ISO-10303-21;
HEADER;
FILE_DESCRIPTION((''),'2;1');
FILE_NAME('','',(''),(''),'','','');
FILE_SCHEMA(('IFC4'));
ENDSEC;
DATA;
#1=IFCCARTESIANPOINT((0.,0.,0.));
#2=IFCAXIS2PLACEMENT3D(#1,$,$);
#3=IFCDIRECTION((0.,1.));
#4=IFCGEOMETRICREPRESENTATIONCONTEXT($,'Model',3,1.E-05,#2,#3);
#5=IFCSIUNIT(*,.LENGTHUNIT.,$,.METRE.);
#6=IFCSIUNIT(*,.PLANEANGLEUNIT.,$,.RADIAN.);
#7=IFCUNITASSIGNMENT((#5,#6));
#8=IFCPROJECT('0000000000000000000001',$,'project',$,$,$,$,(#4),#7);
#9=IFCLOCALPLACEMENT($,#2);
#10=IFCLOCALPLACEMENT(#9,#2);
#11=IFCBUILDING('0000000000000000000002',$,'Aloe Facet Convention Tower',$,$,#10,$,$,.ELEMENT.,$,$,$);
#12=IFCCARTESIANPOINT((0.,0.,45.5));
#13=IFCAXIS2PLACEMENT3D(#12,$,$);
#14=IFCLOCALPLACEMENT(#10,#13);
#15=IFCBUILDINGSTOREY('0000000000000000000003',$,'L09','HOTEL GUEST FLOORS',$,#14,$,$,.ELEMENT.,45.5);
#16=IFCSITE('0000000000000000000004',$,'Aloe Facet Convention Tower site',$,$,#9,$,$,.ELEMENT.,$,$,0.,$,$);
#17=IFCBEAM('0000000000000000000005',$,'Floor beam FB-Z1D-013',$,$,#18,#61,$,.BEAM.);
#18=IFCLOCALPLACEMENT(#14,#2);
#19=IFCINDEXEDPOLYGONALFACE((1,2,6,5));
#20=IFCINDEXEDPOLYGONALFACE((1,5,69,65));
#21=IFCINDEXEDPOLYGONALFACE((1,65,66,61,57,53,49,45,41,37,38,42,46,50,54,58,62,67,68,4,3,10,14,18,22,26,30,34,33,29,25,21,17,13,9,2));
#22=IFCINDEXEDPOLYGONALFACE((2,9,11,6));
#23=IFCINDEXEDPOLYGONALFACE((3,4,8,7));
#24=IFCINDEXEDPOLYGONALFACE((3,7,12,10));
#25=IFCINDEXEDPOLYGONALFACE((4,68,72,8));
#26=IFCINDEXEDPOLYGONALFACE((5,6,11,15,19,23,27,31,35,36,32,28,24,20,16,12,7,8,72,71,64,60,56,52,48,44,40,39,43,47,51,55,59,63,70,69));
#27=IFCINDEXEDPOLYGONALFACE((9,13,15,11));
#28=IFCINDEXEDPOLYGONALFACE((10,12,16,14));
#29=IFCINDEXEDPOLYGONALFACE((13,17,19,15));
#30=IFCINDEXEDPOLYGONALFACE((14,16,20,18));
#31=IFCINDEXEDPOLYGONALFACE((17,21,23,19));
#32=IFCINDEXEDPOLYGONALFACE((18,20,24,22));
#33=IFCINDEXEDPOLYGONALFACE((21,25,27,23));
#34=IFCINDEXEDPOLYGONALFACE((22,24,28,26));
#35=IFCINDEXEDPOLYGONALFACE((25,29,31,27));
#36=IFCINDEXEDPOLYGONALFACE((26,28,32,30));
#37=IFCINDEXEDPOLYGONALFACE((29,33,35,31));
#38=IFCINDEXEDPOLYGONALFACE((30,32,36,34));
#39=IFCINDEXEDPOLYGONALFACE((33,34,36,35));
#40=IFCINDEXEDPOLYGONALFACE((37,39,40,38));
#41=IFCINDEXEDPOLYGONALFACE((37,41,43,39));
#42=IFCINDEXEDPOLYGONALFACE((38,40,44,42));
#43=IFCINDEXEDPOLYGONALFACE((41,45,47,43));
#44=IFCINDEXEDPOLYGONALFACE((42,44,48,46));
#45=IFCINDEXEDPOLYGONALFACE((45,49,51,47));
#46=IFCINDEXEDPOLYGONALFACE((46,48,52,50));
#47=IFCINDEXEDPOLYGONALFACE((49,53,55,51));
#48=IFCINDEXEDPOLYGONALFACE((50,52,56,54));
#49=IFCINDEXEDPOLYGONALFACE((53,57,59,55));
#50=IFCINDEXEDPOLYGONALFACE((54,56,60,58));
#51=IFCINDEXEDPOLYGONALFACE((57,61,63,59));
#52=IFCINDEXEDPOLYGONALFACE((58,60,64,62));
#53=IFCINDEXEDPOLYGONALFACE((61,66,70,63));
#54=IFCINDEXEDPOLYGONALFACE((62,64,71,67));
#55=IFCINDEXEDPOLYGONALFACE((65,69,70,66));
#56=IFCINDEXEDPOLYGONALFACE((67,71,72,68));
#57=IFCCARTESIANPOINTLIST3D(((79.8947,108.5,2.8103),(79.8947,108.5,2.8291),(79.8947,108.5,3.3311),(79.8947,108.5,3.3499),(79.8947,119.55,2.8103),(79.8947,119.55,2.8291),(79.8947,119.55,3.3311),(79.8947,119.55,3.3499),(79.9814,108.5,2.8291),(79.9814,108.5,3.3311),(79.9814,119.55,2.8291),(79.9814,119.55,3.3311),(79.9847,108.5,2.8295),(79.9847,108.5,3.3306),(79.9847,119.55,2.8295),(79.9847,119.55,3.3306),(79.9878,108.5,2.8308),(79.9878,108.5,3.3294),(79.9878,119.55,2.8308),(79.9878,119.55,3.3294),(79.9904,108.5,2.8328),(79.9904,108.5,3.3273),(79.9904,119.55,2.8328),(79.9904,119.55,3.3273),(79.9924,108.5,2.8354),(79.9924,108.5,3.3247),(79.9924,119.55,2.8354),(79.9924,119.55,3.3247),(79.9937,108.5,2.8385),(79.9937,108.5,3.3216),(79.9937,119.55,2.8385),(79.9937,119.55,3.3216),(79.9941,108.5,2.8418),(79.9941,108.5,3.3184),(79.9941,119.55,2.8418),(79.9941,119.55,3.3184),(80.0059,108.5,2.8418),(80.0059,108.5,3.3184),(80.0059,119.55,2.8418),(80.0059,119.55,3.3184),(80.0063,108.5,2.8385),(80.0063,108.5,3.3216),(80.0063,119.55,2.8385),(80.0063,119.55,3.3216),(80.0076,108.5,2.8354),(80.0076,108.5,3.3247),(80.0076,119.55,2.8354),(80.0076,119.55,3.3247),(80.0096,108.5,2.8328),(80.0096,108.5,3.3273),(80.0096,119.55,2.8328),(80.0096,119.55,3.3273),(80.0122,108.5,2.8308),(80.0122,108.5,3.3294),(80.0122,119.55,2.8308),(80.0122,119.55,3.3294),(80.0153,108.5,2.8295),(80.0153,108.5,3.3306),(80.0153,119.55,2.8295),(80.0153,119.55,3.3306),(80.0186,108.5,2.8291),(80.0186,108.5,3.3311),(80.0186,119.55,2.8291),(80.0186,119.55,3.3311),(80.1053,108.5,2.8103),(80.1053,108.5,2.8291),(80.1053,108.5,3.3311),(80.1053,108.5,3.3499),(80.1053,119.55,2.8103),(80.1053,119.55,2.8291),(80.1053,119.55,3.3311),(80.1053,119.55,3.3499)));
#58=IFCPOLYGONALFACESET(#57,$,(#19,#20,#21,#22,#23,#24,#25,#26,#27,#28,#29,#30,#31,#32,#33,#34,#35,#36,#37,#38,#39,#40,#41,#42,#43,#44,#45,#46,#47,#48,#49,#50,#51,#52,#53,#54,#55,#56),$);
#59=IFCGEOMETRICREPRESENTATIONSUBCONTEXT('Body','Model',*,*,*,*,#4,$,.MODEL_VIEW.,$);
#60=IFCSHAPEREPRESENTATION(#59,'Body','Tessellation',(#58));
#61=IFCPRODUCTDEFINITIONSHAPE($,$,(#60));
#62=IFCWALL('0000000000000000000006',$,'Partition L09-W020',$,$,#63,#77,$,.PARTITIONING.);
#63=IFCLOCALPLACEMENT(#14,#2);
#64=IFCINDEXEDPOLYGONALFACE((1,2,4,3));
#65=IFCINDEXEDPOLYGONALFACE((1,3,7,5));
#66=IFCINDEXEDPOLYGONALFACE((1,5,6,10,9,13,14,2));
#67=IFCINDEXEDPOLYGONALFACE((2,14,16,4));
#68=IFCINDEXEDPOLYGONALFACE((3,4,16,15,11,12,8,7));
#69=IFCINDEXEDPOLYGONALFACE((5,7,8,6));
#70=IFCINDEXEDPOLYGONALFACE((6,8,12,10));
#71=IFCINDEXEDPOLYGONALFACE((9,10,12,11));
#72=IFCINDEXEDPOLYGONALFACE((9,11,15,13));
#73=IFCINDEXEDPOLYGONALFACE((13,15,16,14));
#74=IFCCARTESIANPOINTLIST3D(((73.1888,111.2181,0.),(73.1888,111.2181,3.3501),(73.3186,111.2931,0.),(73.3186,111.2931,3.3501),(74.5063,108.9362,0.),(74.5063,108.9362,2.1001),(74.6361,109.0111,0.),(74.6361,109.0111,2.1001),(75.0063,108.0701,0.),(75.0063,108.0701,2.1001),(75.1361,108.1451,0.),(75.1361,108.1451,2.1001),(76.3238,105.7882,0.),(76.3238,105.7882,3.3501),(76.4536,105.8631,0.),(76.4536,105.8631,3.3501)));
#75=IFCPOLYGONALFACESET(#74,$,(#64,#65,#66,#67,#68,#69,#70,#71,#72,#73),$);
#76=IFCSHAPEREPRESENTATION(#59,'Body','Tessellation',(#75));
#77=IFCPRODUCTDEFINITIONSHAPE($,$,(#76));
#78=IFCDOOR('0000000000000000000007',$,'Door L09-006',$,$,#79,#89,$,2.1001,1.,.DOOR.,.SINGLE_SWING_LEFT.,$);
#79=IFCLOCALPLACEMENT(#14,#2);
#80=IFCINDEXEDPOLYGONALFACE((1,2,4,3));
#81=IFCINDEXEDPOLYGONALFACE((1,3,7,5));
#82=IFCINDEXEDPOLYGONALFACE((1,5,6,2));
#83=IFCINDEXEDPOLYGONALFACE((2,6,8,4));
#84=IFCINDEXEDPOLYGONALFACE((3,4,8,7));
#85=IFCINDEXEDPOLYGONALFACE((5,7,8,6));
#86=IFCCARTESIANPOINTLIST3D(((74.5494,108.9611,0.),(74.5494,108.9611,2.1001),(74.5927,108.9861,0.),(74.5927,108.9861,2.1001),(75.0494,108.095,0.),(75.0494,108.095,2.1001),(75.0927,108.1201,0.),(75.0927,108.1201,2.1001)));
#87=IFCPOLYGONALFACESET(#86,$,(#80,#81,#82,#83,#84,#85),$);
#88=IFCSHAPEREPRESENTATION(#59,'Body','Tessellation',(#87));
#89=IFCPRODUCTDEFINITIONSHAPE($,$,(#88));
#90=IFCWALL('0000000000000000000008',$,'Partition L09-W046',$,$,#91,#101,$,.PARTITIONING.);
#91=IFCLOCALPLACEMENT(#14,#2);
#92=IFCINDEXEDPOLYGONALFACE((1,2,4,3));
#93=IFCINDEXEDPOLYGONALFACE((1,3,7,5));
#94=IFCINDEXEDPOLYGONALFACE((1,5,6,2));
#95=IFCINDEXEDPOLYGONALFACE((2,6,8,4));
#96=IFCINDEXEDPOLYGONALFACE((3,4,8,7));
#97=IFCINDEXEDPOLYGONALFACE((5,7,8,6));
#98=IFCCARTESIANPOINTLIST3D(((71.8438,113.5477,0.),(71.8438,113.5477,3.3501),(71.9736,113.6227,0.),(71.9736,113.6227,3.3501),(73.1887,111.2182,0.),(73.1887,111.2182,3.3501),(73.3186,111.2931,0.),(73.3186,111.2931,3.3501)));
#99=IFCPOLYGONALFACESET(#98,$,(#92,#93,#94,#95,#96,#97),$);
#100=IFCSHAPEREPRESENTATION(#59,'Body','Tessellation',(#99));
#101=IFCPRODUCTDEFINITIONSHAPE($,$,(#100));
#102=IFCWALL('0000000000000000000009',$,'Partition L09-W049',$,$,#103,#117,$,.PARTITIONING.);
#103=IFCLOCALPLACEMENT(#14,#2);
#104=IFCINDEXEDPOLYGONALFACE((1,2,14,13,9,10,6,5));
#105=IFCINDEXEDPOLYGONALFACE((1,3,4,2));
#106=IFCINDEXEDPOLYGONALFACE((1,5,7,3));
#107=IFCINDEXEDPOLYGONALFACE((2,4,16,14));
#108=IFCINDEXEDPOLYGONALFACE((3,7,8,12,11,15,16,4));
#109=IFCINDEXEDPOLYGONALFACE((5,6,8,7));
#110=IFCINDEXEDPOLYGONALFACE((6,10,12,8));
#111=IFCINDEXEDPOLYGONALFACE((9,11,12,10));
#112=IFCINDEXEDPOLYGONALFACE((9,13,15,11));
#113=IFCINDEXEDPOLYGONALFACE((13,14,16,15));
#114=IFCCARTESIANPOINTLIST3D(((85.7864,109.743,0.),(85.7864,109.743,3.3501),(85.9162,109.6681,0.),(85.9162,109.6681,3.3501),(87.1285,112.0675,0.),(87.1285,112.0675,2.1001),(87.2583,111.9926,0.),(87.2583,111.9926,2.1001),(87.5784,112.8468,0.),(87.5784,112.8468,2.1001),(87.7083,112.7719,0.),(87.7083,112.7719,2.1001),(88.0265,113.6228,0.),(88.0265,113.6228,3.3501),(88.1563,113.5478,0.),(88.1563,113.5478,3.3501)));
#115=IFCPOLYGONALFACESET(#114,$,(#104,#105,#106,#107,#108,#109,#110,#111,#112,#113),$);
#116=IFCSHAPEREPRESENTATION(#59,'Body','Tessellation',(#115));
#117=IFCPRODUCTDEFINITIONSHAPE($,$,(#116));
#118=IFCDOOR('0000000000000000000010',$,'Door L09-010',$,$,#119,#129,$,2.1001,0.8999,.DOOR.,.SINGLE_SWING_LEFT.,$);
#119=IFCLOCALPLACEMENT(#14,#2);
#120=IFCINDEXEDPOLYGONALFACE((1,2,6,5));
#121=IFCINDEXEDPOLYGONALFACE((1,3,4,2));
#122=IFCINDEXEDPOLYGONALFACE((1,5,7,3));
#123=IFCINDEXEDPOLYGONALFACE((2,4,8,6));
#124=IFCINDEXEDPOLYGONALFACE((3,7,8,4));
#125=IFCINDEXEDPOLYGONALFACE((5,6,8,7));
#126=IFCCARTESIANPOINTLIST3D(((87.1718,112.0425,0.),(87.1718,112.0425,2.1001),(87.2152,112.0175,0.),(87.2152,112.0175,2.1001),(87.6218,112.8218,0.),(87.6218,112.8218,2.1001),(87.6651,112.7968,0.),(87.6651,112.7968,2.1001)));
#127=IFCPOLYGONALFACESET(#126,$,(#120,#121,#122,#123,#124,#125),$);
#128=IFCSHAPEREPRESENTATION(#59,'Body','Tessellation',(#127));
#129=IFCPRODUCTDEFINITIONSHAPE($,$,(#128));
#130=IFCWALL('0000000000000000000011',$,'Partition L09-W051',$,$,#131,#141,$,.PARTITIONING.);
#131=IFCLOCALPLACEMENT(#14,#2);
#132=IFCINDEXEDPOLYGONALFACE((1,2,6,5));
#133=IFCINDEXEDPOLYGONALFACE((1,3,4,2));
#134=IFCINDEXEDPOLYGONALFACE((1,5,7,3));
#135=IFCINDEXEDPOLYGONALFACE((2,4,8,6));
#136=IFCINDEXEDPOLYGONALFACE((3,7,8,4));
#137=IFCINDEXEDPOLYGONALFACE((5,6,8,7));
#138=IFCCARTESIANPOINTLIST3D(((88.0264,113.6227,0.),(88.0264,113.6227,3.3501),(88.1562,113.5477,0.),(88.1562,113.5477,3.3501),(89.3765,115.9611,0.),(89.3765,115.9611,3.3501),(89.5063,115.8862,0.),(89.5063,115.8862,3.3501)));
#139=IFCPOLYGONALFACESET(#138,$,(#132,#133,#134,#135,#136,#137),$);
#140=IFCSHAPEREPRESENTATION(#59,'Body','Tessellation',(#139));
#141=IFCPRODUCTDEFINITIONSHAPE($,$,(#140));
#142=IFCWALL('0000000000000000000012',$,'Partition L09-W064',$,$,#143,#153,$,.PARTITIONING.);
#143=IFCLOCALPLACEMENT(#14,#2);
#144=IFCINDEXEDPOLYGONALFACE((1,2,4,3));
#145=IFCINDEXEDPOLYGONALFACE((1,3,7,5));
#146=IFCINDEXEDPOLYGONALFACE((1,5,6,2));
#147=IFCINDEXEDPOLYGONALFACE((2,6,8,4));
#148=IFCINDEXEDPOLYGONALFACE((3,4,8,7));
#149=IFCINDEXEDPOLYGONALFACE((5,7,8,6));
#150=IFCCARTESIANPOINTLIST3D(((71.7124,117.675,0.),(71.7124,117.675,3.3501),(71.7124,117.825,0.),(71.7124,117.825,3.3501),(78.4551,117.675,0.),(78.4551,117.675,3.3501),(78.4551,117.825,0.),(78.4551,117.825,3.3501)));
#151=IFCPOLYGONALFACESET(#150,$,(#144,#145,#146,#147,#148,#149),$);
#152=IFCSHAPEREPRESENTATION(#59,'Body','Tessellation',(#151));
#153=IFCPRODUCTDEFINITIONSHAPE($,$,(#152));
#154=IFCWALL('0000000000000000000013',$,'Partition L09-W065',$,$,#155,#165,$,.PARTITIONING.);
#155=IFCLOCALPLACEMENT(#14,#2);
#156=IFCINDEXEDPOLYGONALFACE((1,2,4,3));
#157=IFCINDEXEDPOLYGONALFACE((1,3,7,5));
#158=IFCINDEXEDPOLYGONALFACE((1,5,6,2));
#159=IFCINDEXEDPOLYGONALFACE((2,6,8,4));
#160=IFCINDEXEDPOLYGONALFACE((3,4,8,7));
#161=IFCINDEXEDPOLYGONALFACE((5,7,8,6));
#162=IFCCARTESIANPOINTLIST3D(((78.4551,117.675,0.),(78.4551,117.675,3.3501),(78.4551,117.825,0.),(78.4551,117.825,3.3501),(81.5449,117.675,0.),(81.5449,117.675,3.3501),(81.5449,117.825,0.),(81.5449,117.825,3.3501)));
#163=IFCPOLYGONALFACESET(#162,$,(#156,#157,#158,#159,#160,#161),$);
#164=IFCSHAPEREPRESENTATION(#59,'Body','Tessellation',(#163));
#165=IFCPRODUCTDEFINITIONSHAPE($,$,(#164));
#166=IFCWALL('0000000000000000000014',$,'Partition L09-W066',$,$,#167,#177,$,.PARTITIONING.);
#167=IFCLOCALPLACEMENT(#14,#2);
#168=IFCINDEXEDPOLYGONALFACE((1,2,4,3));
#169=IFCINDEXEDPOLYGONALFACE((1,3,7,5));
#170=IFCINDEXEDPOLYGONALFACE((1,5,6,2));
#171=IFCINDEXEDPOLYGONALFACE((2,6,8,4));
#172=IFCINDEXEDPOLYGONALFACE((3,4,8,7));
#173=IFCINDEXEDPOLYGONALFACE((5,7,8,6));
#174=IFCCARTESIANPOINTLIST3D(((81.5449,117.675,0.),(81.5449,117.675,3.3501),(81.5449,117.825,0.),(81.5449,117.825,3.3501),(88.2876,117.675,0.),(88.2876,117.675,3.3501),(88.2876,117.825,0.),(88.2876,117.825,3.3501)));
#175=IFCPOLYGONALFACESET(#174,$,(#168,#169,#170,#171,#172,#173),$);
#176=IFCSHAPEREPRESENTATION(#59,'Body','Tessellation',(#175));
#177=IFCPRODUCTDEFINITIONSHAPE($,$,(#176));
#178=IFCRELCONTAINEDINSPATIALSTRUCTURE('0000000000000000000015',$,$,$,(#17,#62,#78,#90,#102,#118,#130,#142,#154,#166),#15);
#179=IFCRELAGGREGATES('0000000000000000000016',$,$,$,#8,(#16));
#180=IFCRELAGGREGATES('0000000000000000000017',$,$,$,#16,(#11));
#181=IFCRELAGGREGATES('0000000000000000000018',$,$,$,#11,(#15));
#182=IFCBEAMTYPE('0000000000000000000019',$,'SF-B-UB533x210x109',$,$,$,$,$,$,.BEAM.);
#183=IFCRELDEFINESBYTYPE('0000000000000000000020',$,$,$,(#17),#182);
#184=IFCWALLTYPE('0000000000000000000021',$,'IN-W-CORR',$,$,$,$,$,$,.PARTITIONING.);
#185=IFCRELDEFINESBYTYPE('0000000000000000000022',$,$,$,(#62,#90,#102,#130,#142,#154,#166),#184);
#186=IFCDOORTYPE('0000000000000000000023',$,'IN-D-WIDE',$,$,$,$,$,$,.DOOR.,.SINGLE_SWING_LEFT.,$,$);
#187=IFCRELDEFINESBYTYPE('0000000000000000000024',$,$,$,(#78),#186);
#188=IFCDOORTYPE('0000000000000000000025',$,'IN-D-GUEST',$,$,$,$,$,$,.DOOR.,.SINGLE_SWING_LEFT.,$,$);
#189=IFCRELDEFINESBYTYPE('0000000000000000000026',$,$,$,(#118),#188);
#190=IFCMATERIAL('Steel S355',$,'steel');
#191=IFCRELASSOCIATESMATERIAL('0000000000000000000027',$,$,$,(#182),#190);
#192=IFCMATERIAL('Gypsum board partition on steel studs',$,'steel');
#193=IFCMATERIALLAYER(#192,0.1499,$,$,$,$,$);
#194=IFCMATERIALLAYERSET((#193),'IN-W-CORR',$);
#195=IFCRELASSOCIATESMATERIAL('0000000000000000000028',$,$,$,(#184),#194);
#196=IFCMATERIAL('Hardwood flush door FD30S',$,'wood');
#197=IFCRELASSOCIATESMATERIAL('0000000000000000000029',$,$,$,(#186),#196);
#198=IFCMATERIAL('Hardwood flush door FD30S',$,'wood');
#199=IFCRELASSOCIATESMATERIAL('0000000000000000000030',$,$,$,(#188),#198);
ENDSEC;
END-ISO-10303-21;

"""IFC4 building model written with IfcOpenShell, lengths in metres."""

from ifc_helpers import new_model, si_unit, direction, frame, frame_2d, origin, origin_2d, place, context, subcontext, project, spatial, rectangle, i_section, extrude, material, layer, layer_set, material_profile, profile_set, type_object, element, fill, save


model = new_model("IFC4")

# Units and contexts
model_context = context("Model", 3, precision=1e-05, world=origin(), true_north=direction((0.0, 1.0)))
body_context = subcontext(model_context, "Body", "Model", "MODEL_VIEW")
ifc_project = project(units=[si_unit("LENGTHUNIT", "METRE"), si_unit("PLANEANGLEUNIT", "RADIAN")], contexts=[model_context])

# Site, building, storey
site_placement = place(None, origin())
site = spatial("IfcSite", under=ifc_project, at=site_placement, Name="Aloe Facet Convention Tower site", CompositionType="ELEMENT", RefElevation=0.0)
building_placement = place(site_placement, origin())
building = spatial("IfcBuilding", under=site, at=building_placement, Name="Aloe Facet Convention Tower", CompositionType="ELEMENT")
storey_placement = place(building_placement, frame((0.0, 0.0, 45.5)))
storey = spatial("IfcBuildingStorey", under=building, at=storey_placement, Name="L09", Description="HOTEL GUEST FLOORS", CompositionType="ELEMENT", Elevation=45.5)

# Beam
ifc_material_1 = material(Name="Steel S355", Category="steel")
ifc_material_profile_1 = material_profile(ifc_material_1, i_section(OverallWidth=0.2107, OverallDepth=0.5396, WebThickness=0.0117, FlangeThickness=0.0188, FilletRadius=0.0127, at=origin_2d()), Name="UB 533x210x109")
ifc_profile_set_1 = profile_set([ifc_material_profile_1], Name="Steel S355")
beam_type_1 = type_object("IfcBeamType", Name="SF-B-UB533x210x109", PredefinedType="BEAM", material=ifc_profile_set_1)
beam_placement = place(storey_placement, frame((80.0, 119.55, 3.0801), z_axis=(0.0, -1.0, 0.0), x_axis=(1.0, 0.0, 0.0)))
element("IfcBeam", 1, at=beam_placement, inside=storey, type_object=beam_type_1, Name="Floor beam FB-Z1D-013", PredefinedType="BEAM", context=body_context, shape_type="SweptSolid", body=[
    extrude(i_section(OverallWidth=0.2107, OverallDepth=0.5396, WebThickness=0.0117, FlangeThickness=0.0188, FilletRadius=0.0127, at=origin_2d()), origin(), (0.0, 0.0, 1.0), 11.05),
])

# Wall, opening, door
ifc_material_2 = material(Name="Gypsum board partition on steel studs", Category="steel")
ifc_layer_1 = layer(ifc_material_2, 0.1499)
ifc_layer_set_1 = layer_set([ifc_layer_1], Name="IN-W-CORR")
wall_type_1 = type_object("IfcWallType", Name="IN-W-CORR", PredefinedType="PARTITIONING", material=ifc_layer_set_1)
wall_1_placement = place(storey_placement, frame((73.2537, 111.2556, 0.0), z_axis=(0.0, 0.0, 1.0), x_axis=(0.500004, -0.866023, 0.0)))
wall_1 = element("IfcWall", 2, at=wall_1_placement, inside=storey, type_object=wall_type_1, Name="Partition L09-W020", PredefinedType="PARTITIONING", context=body_context, shape_type="SweptSolid", body=[
    extrude(rectangle(XDim=6.27, YDim=0.1499, at=frame_2d((3.135, 0.0))), origin(), (0.0, 0.0, 1.0), 3.3501),
])
opening_1_placement = place(wall_1_placement, frame((2.635, 0.0, 0.0)))
opening_1 = element("IfcOpeningElement", 3, at=opening_1_placement, cuts=wall_1, PredefinedType="OPENING", context=body_context, shape_type="SweptSolid", body=[
    extrude(rectangle(XDim=1.0, YDim=2.1001, at=frame_2d((0.5, 1.05))), frame((0.0, 0.085, 0.0), z_axis=(0.0, -1.0, 0.0), x_axis=(1.0, 0.0, 0.0)), (0.0, 0.0, 1.0), 0.1699),
])
ifc_material_3 = material(Name="Hardwood flush door FD30S", Category="wood")
door_type_1 = type_object("IfcDoorType", Name="IN-D-WIDE", OperationType="SINGLE_SWING_LEFT", PredefinedType="DOOR", material=ifc_material_3)
door_1_placement = place(opening_1_placement, origin())
door_1 = element("IfcDoor", 4, at=door_1_placement, inside=storey, type_object=door_type_1, Name="Door L09-006", OperationType="SINGLE_SWING_LEFT", OverallHeight=2.1001, OverallWidth=1.0, PredefinedType="DOOR", context=body_context, shape_type="SweptSolid", body=[
    extrude(rectangle(XDim=1.0, YDim=2.1001, at=frame_2d((0.5, 1.05))), frame((0.0, 0.0249, 0.0), z_axis=(0.0, -1.0, 0.0), x_axis=(1.0, 0.0, 0.0)), (0.0, 0.0, 1.0), 0.05),
])
fill(opening_1, door_1)

# Wall
wall_2_placement = place(storey_placement, frame((71.9087, 113.5852, 0.0), z_axis=(0.0, 0.0, 1.0), x_axis=(0.499995, -0.866028, 0.0)))
element("IfcWall", 5, at=wall_2_placement, inside=storey, type_object=wall_type_1, Name="Partition L09-W046", PredefinedType="PARTITIONING", context=body_context, shape_type="SweptSolid", body=[
    extrude(rectangle(XDim=2.6899, YDim=0.1499, at=frame_2d((1.345, 0.0))), origin(), (0.0, 0.0, 1.0), 3.3501),
])

# Wall, opening, door
wall_3_placement = place(storey_placement, frame((85.8513, 109.7056, 0.0), z_axis=(0.0, 0.0, 1.0), x_axis=(0.500013, 0.866018, 0.0)))
wall_3 = element("IfcWall", 6, at=wall_3_placement, inside=storey, type_object=wall_type_1, Name="Partition L09-W049", PredefinedType="PARTITIONING", context=body_context, shape_type="SweptSolid", body=[
    extrude(rectangle(XDim=4.48, YDim=0.1499, at=frame_2d((2.24, 0.0))), origin(), (0.0, 0.0, 1.0), 3.3501),
])
opening_2_placement = place(wall_3_placement, frame((2.6841, 0.0, 0.0)))
opening_2 = element("IfcOpeningElement", 7, at=opening_2_placement, cuts=wall_3, PredefinedType="OPENING", context=body_context, shape_type="SweptSolid", body=[
    extrude(rectangle(XDim=0.8999, YDim=2.1001, at=frame_2d((0.45, 1.05))), frame((0.0, 0.085, 0.0), z_axis=(0.0, -1.0, 0.0), x_axis=(1.0, 0.0, 0.0)), (0.0, 0.0, 1.0), 0.1699),
])
ifc_material_4 = material(Name="Hardwood flush door FD30S", Category="wood")
door_type_2 = type_object("IfcDoorType", Name="IN-D-GUEST", OperationType="SINGLE_SWING_LEFT", PredefinedType="DOOR", material=ifc_material_4)
door_2_placement = place(opening_2_placement, origin())
door_2 = element("IfcDoor", 8, at=door_2_placement, inside=storey, type_object=door_type_2, Name="Door L09-010", OperationType="SINGLE_SWING_LEFT", OverallHeight=2.1001, OverallWidth=0.8999, PredefinedType="DOOR", context=body_context, shape_type="SweptSolid", body=[
    extrude(rectangle(XDim=0.8999, YDim=2.1001, at=frame_2d((0.45, 1.05))), frame((0.0, 0.0249, 0.0), z_axis=(0.0, -1.0, 0.0), x_axis=(1.0, 0.0, 0.0)), (0.0, 0.0, 1.0), 0.05),
])
fill(opening_2, door_2)

# Walls
wall_4_placement = place(storey_placement, frame((88.0913, 113.5852, 0.0), z_axis=(0.0, 0.0, 1.0), x_axis=(0.500009, 0.86602, 0.0)))
element("IfcWall", 9, at=wall_4_placement, inside=storey, type_object=wall_type_1, Name="Partition L09-W051", PredefinedType="PARTITIONING", context=body_context, shape_type="SweptSolid", body=[
    extrude(rectangle(XDim=2.7002, YDim=0.1499, at=frame_2d((1.3501, 0.0))), origin(), (0.0, 0.0, 1.0), 3.3501),
])
wall_5_placement = place(storey_placement, frame((71.7124, 117.75, 0.0), z_axis=(0.0, 0.0, 1.0), x_axis=(1.0, 0.0, 0.0)))
element("IfcWall", 10, at=wall_5_placement, inside=storey, type_object=wall_type_1, Name="Partition L09-W064", PredefinedType="PARTITIONING", context=body_context, shape_type="SweptSolid", body=[
    extrude(rectangle(XDim=6.7427, YDim=0.1499, at=frame_2d((3.3713, 0.0))), origin(), (0.0, 0.0, 1.0), 3.3501),
])
wall_6_placement = place(storey_placement, frame((78.4551, 117.75, 0.0), z_axis=(0.0, 0.0, 1.0), x_axis=(1.0, 0.0, 0.0)))
element("IfcWall", 11, at=wall_6_placement, inside=storey, type_object=wall_type_1, Name="Partition L09-W065", PredefinedType="PARTITIONING", context=body_context, shape_type="SweptSolid", body=[
    extrude(rectangle(XDim=3.0898, YDim=0.1499, at=frame_2d((1.5449, 0.0))), origin(), (0.0, 0.0, 1.0), 3.3501),
])
wall_7_placement = place(storey_placement, frame((81.5449, 117.75, 0.0), z_axis=(0.0, 0.0, 1.0), x_axis=(1.0, 0.0, 0.0)))
element("IfcWall", 12, at=wall_7_placement, inside=storey, type_object=wall_type_1, Name="Partition L09-W066", PredefinedType="PARTITIONING", context=body_context, shape_type="SweptSolid", body=[
    extrude(rectangle(XDim=6.7427, YDim=0.1499, at=frame_2d((3.3713, 0.0))), origin(), (0.0, 0.0, 1.0), 3.3501),
])

save(model, "model.ifc")
